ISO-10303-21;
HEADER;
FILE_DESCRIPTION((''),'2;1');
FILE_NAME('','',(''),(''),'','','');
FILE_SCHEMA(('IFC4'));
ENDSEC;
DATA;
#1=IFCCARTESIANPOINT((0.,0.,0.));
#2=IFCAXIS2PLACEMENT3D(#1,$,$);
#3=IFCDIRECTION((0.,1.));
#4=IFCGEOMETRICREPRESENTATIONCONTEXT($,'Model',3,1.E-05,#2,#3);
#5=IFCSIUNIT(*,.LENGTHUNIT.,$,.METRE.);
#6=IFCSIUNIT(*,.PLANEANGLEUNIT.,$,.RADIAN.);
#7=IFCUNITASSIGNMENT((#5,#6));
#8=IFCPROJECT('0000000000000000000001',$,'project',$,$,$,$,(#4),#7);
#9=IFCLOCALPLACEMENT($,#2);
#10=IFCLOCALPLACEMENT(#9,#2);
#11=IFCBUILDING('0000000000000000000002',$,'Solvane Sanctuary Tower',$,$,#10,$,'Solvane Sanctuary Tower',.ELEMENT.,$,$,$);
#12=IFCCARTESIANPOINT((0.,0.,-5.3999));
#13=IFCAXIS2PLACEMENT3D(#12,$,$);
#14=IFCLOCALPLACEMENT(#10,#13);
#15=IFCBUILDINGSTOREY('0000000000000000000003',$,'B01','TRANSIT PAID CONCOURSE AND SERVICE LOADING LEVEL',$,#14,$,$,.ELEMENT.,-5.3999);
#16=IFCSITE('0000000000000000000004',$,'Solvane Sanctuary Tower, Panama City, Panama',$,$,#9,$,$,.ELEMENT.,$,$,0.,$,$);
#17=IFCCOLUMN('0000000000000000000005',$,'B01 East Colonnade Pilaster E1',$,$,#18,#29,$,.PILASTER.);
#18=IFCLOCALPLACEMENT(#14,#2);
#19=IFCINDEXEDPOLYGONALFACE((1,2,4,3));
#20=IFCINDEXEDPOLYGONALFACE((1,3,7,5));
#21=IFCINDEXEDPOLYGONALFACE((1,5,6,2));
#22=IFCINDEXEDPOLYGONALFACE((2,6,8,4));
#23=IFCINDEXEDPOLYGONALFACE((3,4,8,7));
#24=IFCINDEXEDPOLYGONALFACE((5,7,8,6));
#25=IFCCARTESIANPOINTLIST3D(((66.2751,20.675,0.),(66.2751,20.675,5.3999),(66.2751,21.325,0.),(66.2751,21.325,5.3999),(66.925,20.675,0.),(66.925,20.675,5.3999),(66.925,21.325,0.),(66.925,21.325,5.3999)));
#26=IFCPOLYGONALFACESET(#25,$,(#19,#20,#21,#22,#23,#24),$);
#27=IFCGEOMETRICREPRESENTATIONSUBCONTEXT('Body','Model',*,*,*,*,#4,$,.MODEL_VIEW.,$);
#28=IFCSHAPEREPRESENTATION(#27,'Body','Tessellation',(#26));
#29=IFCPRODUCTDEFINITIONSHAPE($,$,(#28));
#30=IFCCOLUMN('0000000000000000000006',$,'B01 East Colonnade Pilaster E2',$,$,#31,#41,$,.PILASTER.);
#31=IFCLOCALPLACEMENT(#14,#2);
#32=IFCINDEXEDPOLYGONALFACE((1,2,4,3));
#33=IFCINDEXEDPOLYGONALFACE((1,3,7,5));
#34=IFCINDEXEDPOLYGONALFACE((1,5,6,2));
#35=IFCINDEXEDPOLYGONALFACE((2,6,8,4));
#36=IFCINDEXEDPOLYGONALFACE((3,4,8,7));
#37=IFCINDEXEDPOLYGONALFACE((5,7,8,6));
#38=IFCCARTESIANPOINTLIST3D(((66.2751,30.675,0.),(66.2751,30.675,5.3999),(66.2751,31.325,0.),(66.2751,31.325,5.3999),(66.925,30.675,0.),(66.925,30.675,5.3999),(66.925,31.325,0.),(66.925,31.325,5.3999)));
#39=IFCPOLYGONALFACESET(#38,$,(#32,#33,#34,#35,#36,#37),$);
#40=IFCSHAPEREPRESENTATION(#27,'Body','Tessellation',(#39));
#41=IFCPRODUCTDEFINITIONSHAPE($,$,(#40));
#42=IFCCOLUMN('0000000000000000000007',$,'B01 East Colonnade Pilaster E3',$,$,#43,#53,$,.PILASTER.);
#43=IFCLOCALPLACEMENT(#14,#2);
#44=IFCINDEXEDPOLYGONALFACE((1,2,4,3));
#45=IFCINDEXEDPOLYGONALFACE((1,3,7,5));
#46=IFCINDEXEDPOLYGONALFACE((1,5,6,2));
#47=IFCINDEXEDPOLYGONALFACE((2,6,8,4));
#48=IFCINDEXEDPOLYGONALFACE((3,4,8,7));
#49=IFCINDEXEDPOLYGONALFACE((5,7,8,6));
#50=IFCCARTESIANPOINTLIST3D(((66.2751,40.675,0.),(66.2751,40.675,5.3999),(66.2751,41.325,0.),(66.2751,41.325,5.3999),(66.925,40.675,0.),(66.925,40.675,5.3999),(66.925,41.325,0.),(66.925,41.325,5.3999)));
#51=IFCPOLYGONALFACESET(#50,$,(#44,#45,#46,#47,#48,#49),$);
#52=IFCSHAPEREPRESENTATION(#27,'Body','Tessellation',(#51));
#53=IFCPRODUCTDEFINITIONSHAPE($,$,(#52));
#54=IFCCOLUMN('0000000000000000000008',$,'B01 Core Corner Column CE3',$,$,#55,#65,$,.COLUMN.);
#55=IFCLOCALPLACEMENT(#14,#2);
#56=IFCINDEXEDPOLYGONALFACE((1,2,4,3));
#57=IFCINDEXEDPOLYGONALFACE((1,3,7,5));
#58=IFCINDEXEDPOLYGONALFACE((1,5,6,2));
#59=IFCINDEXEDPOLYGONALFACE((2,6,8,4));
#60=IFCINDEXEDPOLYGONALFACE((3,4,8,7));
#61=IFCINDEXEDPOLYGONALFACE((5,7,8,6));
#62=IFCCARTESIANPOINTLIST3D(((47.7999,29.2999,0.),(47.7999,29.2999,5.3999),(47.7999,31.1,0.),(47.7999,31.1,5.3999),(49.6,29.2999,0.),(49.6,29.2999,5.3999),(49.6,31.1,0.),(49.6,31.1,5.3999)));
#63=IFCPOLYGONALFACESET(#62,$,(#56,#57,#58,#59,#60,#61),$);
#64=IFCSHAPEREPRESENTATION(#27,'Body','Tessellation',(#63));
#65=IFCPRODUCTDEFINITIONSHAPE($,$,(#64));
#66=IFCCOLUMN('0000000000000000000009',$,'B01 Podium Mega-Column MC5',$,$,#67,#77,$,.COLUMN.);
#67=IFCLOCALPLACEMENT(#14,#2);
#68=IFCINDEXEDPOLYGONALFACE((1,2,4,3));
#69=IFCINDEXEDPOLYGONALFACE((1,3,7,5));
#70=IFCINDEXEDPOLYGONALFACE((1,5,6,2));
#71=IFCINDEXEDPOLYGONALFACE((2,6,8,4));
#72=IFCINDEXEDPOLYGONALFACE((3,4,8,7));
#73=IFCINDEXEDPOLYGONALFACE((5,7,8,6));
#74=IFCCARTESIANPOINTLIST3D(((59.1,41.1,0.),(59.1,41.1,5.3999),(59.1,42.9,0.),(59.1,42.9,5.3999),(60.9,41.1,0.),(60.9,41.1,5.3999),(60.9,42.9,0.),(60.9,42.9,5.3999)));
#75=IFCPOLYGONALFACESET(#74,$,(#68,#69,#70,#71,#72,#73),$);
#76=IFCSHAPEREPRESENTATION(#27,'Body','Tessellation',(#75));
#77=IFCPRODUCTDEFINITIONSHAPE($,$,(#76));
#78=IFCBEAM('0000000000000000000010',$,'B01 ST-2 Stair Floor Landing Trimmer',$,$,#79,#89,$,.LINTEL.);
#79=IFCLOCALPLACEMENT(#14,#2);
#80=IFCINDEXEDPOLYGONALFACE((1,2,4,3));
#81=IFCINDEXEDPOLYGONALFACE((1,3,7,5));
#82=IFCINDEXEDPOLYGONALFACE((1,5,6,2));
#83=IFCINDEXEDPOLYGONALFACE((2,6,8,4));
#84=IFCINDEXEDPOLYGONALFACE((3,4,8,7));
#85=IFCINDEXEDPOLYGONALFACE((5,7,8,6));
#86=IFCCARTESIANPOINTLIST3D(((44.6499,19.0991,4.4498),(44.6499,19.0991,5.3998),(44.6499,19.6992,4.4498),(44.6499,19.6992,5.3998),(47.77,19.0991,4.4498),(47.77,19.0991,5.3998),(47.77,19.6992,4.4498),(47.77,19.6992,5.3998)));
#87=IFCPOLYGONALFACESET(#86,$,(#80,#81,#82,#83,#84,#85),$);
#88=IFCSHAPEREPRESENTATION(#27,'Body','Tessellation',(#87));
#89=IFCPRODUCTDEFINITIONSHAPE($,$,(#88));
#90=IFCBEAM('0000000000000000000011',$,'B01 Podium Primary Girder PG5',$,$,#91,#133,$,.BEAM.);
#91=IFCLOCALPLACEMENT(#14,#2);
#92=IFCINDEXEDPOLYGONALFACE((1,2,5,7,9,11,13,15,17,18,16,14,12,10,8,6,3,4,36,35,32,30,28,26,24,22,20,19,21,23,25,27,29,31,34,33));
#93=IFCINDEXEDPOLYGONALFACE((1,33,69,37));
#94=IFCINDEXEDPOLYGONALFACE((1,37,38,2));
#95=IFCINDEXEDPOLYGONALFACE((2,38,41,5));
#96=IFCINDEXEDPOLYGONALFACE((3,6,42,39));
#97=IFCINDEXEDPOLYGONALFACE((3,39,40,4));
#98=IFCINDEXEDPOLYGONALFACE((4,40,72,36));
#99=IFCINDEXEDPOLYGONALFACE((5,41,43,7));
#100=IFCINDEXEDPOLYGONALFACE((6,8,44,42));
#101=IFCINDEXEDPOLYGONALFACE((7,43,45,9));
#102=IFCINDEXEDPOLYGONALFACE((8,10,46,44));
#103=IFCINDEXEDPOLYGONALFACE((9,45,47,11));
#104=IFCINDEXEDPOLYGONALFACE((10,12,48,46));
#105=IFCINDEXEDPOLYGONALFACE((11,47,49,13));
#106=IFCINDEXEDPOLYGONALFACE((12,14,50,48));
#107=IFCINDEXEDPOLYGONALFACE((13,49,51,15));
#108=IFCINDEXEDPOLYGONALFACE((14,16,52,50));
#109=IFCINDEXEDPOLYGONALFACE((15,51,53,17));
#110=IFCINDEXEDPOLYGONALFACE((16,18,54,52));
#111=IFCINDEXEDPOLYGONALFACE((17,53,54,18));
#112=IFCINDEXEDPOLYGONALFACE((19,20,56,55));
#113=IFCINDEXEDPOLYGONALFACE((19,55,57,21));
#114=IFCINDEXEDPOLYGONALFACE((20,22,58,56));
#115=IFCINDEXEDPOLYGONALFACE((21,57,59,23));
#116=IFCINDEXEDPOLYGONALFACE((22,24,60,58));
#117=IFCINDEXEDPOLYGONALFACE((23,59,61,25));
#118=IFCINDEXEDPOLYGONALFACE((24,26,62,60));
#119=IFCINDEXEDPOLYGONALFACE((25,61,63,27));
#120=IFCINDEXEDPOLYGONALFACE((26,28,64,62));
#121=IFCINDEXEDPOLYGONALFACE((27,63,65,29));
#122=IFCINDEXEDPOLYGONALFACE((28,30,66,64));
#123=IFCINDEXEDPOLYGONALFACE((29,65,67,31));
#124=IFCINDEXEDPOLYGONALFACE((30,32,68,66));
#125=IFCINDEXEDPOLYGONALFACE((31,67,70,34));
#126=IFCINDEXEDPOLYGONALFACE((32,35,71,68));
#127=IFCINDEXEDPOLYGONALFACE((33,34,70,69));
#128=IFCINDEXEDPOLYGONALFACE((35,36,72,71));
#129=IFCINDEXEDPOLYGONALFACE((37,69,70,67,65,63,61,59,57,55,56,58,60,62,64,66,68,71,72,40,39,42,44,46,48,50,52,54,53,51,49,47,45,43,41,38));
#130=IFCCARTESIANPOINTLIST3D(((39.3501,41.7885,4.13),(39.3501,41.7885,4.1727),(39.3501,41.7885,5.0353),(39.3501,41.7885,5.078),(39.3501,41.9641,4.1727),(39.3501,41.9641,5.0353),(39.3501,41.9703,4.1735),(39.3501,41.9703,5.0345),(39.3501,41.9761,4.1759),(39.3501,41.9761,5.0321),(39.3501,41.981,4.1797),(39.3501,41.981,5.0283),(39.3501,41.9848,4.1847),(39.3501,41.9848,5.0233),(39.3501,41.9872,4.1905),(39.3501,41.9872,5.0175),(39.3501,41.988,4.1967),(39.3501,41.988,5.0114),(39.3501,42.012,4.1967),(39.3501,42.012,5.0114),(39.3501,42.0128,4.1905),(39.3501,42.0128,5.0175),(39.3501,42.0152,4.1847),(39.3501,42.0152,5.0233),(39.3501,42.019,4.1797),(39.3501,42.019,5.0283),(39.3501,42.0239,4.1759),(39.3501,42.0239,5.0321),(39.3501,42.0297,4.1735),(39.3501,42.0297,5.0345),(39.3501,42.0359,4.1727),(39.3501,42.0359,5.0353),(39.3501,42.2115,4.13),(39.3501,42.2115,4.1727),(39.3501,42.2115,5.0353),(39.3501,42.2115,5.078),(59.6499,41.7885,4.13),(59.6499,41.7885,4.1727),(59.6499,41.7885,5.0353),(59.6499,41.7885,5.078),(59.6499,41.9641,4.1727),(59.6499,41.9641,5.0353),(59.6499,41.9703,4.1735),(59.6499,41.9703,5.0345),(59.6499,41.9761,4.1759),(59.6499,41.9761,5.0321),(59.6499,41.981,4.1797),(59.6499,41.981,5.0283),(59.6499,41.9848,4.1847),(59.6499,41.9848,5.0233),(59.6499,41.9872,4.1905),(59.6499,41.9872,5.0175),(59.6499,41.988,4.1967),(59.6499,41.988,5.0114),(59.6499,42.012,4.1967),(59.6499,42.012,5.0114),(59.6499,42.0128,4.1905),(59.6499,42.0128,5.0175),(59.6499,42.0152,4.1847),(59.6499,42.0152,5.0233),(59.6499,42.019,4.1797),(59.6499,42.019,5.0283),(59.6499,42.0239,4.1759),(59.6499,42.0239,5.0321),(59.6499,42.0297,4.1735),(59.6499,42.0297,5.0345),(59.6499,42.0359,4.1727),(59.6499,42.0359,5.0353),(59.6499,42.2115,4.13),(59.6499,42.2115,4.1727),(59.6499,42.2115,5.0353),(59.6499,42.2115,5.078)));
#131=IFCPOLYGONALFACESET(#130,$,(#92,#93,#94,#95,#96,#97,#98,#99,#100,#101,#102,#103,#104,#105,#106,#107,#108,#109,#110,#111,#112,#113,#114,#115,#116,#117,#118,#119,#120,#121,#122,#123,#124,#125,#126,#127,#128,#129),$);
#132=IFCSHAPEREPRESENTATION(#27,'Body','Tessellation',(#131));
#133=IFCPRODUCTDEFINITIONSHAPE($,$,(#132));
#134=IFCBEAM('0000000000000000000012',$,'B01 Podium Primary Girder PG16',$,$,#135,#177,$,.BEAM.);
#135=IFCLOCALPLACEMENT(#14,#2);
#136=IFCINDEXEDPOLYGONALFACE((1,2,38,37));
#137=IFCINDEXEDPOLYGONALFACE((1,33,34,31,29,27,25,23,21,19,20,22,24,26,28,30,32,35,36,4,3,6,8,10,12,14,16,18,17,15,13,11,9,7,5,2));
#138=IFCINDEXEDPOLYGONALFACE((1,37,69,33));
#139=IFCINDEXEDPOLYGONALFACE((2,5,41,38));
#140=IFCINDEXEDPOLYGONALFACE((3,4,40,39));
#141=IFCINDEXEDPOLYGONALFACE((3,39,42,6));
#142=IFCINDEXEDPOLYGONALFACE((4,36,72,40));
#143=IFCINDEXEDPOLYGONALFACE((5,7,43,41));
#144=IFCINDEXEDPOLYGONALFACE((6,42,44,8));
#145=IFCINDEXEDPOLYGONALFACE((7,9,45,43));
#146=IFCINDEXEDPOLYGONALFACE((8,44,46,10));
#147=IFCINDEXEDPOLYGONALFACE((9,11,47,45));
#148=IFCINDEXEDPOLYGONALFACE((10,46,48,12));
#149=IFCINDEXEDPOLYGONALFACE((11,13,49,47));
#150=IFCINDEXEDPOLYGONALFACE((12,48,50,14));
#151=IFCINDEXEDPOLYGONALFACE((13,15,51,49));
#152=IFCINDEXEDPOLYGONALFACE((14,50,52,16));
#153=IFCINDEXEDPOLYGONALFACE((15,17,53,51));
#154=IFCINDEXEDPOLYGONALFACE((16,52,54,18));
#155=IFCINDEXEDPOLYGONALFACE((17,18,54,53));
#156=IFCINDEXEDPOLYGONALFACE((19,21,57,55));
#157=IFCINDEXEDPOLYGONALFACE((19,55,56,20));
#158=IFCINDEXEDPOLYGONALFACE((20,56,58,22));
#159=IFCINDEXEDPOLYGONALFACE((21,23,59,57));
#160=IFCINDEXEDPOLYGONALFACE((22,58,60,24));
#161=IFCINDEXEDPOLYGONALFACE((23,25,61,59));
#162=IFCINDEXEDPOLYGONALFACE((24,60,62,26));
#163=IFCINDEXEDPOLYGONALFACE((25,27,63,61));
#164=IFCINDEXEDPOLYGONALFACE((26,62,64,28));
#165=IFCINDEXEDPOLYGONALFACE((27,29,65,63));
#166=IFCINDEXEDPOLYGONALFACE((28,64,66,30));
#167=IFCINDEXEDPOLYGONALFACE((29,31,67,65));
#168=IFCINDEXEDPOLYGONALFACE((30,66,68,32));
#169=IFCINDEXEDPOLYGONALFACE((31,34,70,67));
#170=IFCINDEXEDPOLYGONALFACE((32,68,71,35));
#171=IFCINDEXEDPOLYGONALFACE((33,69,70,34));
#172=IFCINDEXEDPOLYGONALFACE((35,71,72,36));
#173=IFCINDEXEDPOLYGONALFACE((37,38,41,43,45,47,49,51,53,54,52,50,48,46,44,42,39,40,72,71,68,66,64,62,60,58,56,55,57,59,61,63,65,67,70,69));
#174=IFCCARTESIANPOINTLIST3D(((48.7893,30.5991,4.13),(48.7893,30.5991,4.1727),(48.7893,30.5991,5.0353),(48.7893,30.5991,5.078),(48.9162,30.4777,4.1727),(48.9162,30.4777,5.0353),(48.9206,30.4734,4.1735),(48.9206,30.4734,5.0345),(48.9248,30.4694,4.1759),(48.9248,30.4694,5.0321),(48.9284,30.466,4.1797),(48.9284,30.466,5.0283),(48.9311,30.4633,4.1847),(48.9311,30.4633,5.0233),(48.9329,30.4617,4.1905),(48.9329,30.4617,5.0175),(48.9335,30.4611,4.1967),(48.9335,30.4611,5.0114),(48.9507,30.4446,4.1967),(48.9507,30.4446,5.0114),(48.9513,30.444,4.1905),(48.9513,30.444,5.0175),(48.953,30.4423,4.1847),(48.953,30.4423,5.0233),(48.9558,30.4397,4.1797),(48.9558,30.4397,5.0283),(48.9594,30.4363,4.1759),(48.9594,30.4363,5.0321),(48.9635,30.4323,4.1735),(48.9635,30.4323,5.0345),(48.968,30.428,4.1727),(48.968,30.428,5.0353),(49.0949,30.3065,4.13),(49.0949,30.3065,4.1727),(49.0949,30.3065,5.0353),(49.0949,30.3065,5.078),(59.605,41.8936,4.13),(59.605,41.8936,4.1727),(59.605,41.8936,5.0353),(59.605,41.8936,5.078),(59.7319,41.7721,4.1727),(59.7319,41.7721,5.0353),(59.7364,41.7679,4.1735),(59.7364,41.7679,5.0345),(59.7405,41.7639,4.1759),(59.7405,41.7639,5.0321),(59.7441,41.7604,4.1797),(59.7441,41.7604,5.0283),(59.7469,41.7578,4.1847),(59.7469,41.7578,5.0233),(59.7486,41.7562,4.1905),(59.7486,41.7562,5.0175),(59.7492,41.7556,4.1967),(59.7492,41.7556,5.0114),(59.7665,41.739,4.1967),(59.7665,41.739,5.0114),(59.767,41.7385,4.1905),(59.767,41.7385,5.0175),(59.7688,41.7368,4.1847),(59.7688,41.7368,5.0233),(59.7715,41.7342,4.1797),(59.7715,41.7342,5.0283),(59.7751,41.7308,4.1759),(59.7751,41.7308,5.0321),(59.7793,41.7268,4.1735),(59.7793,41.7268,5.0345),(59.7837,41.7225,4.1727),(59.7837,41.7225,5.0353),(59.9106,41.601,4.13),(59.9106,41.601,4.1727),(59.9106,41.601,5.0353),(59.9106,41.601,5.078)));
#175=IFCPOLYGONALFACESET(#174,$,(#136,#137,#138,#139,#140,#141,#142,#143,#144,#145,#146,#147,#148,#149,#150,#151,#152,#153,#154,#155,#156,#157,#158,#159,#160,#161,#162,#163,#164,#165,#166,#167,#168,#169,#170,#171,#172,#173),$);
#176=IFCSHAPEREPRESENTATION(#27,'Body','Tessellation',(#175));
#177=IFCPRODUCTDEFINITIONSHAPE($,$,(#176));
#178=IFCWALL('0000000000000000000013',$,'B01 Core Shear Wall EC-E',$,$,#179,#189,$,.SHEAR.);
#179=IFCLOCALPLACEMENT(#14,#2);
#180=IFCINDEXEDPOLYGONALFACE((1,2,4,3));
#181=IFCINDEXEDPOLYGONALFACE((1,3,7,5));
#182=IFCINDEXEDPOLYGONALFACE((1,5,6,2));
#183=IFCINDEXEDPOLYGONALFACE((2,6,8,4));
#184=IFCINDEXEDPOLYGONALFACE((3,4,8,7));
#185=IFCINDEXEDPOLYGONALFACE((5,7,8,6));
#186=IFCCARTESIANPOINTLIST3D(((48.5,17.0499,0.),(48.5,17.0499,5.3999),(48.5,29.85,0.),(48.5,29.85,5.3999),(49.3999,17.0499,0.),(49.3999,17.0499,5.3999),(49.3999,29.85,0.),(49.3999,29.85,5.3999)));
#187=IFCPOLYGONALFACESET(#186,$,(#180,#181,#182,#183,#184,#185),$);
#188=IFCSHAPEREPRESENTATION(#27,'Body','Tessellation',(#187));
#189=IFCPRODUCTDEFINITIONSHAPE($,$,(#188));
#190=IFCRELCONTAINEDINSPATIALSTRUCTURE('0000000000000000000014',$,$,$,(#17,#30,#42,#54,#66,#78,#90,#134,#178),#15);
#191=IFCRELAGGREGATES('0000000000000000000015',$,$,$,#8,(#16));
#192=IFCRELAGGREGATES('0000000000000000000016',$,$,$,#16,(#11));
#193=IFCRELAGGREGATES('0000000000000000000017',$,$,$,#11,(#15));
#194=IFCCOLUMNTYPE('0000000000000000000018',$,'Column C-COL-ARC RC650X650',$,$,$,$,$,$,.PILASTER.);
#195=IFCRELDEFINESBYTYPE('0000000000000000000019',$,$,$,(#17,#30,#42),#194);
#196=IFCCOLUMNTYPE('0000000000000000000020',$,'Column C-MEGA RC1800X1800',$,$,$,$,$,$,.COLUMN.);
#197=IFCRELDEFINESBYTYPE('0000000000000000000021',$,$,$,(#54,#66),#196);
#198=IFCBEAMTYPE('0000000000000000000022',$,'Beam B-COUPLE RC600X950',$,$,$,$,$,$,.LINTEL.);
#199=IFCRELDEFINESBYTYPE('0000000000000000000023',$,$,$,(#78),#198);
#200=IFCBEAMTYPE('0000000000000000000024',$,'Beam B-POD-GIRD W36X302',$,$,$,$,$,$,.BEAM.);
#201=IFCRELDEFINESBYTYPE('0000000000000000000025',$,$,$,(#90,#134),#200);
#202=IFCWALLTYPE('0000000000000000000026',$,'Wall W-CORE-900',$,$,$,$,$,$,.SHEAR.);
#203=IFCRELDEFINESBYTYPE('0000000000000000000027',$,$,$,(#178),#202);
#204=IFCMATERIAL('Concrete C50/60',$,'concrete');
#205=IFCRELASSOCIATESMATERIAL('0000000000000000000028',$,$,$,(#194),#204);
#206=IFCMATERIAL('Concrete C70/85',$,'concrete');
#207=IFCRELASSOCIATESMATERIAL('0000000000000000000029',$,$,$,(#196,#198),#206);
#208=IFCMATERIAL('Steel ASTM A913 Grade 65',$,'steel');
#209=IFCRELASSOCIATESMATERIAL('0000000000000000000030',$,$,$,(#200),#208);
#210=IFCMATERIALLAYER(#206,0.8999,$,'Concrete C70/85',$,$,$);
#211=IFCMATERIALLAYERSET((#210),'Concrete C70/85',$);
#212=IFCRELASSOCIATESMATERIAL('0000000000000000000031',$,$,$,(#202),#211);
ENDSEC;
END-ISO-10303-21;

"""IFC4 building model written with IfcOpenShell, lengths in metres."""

from ifc_helpers import new_model, si_unit, direction, frame, frame_2d, origin, origin_2d, place, context, subcontext, project, spatial, rectangle, i_section, extrude, material, layer, layer_set, material_profile, profile_set, type_object, element, save


model = new_model("IFC4")

# Units and contexts
model_context = context("Model", 3, precision=1e-05, world=origin(), true_north=direction((0.0, 1.0)))
body_context = subcontext(model_context, "Body", "Model", "MODEL_VIEW")
ifc_project = project(units=[si_unit("LENGTHUNIT", "METRE"), si_unit("PLANEANGLEUNIT", "RADIAN")], contexts=[model_context])

# Site, building, storey
site_placement = place(None, origin())
site = spatial("IfcSite", under=ifc_project, at=site_placement, Name="Solvane Sanctuary Tower, Panama City, Panama", CompositionType="ELEMENT", RefElevation=0.0)
building_placement = place(site_placement, origin())
building = spatial("IfcBuilding", under=site, at=building_placement, Name="Solvane Sanctuary Tower", LongName="Solvane Sanctuary Tower", CompositionType="ELEMENT")
storey_placement = place(building_placement, frame((0.0, 0.0, -5.3999)))
storey = spatial("IfcBuildingStorey", under=building, at=storey_placement, Name="B01", Description="TRANSIT PAID CONCOURSE AND SERVICE LOADING LEVEL", CompositionType="ELEMENT", Elevation=-5.3999)

# Columns
ifc_material_1 = material(Name="Concrete C50/60", Category="concrete")
ifc_material_profile_1 = material_profile(ifc_material_1, rectangle(XDim=0.6499, YDim=0.6499, at=origin_2d()), Name="RC650X650")
ifc_profile_set_1 = profile_set([ifc_material_profile_1], Name="Concrete C50/60")
column_type_1 = type_object("IfcColumnType", Name="Column C-COL-ARC RC650X650", PredefinedType="PILASTER", material=ifc_profile_set_1)
for number, where, z_axis, x_axis, name in (
    (1, (66.6001, 21.0, 0.0), (0.0, 0.0, 1.0), (1.0, 0.0, 0.0), "B01 East Colonnade Pilaster E1"),
    (2, (66.6001, 31.0, 0.0), (0.0, 0.0, 1.0), (1.0, 0.0, 0.0), "B01 East Colonnade Pilaster E2"),
    (3, (66.6001, 41.0, 0.0), (0.0, 0.0, 1.0), (1.0, 0.0, 0.0), "B01 East Colonnade Pilaster E3"),
):
    element("IfcColumn", number, at=place(storey_placement, frame(where, z_axis=z_axis, x_axis=x_axis)), inside=storey, type_object=column_type_1, Name=name, PredefinedType="PILASTER", context=body_context, shape_type="SweptSolid", body=[
        extrude(rectangle(XDim=0.6499, YDim=0.6499, at=origin_2d()), origin(), (0.0, 0.0, 1.0), 5.3999),
    ])
ifc_material_2 = material(Name="Concrete C70/85", Category="concrete")
ifc_material_profile_2 = material_profile(ifc_material_2, rectangle(XDim=1.8, YDim=1.8, at=origin_2d()), Name="RC1800X1800")
ifc_profile_set_2 = profile_set([ifc_material_profile_2], Name="Concrete C70/85")
column_type_2 = type_object("IfcColumnType", Name="Column C-MEGA RC1800X1800", PredefinedType="COLUMN", material=ifc_profile_set_2)
for number, where, z_axis, x_axis, name in (
    (4, (48.7, 30.2, 0.0), (0.0, 0.0, 1.0), (1.0, 0.0, 0.0), "B01 Core Corner Column CE3"),
    (5, (60.0, 42.0, 0.0), (0.0, 0.0, 1.0), (1.0, 0.0, 0.0), "B01 Podium Mega-Column MC5"),
):
    element("IfcColumn", number, at=place(storey_placement, frame(where, z_axis=z_axis, x_axis=x_axis)), inside=storey, type_object=column_type_2, Name=name, PredefinedType="COLUMN", context=body_context, shape_type="SweptSolid", body=[
        extrude(rectangle(XDim=1.8, YDim=1.8, at=origin_2d()), origin(), (0.0, 0.0, 1.0), 5.3999),
    ])

# Beams
ifc_material_profile_3 = material_profile(ifc_material_2, rectangle(XDim=0.6001, YDim=0.95, at=origin_2d()), Name="RC600X950")
ifc_profile_set_3 = profile_set([ifc_material_profile_3], Name="Concrete C70/85")
beam_type_1 = type_object("IfcBeamType", Name="Beam B-COUPLE RC600X950", PredefinedType="LINTEL", material=ifc_profile_set_3)
beam_1_placement = place(storey_placement, frame((44.6499, 19.3992, 4.9248), z_axis=(1.0, 0.0, 0.0), x_axis=(0.0, 1.0, 0.0)))
element("IfcBeam", 6, at=beam_1_placement, inside=storey, type_object=beam_type_1, Name="B01 ST-2 Stair Floor Landing Trimmer", PredefinedType="LINTEL", context=body_context, shape_type="SweptSolid", body=[
    extrude(rectangle(XDim=0.6001, YDim=0.95, at=origin_2d()), origin(), (0.0, 0.0, 1.0), 3.1201),
])
ifc_material_3 = material(Name="Steel ASTM A913 Grade 65", Category="steel")
ifc_material_profile_4 = material_profile(ifc_material_3, i_section(OverallWidth=0.4231, OverallDepth=0.948, WebThickness=0.0239, FlangeThickness=0.0427, FilletRadius=0.0239, at=origin_2d()), Name="W36X302")
ifc_profile_set_4 = profile_set([ifc_material_profile_4], Name="Steel ASTM A913 Grade 65")
beam_type_2 = type_object("IfcBeamType", Name="Beam B-POD-GIRD W36X302", PredefinedType="BEAM", material=ifc_profile_set_4)
beam_2_placement = place(storey_placement, frame((59.6499, 42.0, 4.604), z_axis=(-1.0, 0.0, 0.0), x_axis=(0.0, -1.0, 0.0)))
element("IfcBeam", 7, at=beam_2_placement, inside=storey, type_object=beam_type_2, Name="B01 Podium Primary Girder PG5", PredefinedType="BEAM", context=body_context, shape_type="SweptSolid", body=[
    extrude(i_section(OverallWidth=0.4231, OverallDepth=0.948, WebThickness=0.0239, FlangeThickness=0.0427, FilletRadius=0.0239, at=origin_2d()), origin(), (0.0, 0.0, 1.0), 20.2998),
])
beam_3_placement = place(storey_placement, frame((59.7578, 41.7473, 4.604), z_axis=(-0.691633, -0.722249, 0.0), x_axis=(0.722249, -0.691633, 0.0)))
element("IfcBeam", 8, at=beam_3_placement, inside=storey, type_object=beam_type_2, Name="B01 Podium Primary Girder PG16", PredefinedType="BEAM", context=body_context, shape_type="SweptSolid", body=[
    extrude(i_section(OverallWidth=0.4231, OverallDepth=0.948, WebThickness=0.0239, FlangeThickness=0.0427, FilletRadius=0.0239, at=origin_2d()), origin(), (0.0, 0.0, 1.0), 15.6379),
])

# Wall
ifc_layer_1 = layer(ifc_material_2, 0.8999, Name="Concrete C70/85")
ifc_layer_set_1 = layer_set([ifc_layer_1], Name="Concrete C70/85")
wall_type_1 = type_object("IfcWallType", Name="Wall W-CORE-900", PredefinedType="SHEAR", material=ifc_layer_set_1)
wall_1_placement = place(storey_placement, frame((48.95, 17.05, 0.0), z_axis=(0.0, 0.0, 1.0), x_axis=(0.0, 1.0, 0.0)))
element("IfcWall", 9, at=wall_1_placement, inside=storey, type_object=wall_type_1, Name="B01 Core Shear Wall EC-E", PredefinedType="SHEAR", context=body_context, shape_type="SweptSolid", body=[
    extrude(rectangle(XDim=12.8, YDim=0.8999, at=frame_2d((6.3999, 0.0))), origin(), (0.0, 0.0, 1.0), 5.3999),
])

save(model, "model.ifc")
